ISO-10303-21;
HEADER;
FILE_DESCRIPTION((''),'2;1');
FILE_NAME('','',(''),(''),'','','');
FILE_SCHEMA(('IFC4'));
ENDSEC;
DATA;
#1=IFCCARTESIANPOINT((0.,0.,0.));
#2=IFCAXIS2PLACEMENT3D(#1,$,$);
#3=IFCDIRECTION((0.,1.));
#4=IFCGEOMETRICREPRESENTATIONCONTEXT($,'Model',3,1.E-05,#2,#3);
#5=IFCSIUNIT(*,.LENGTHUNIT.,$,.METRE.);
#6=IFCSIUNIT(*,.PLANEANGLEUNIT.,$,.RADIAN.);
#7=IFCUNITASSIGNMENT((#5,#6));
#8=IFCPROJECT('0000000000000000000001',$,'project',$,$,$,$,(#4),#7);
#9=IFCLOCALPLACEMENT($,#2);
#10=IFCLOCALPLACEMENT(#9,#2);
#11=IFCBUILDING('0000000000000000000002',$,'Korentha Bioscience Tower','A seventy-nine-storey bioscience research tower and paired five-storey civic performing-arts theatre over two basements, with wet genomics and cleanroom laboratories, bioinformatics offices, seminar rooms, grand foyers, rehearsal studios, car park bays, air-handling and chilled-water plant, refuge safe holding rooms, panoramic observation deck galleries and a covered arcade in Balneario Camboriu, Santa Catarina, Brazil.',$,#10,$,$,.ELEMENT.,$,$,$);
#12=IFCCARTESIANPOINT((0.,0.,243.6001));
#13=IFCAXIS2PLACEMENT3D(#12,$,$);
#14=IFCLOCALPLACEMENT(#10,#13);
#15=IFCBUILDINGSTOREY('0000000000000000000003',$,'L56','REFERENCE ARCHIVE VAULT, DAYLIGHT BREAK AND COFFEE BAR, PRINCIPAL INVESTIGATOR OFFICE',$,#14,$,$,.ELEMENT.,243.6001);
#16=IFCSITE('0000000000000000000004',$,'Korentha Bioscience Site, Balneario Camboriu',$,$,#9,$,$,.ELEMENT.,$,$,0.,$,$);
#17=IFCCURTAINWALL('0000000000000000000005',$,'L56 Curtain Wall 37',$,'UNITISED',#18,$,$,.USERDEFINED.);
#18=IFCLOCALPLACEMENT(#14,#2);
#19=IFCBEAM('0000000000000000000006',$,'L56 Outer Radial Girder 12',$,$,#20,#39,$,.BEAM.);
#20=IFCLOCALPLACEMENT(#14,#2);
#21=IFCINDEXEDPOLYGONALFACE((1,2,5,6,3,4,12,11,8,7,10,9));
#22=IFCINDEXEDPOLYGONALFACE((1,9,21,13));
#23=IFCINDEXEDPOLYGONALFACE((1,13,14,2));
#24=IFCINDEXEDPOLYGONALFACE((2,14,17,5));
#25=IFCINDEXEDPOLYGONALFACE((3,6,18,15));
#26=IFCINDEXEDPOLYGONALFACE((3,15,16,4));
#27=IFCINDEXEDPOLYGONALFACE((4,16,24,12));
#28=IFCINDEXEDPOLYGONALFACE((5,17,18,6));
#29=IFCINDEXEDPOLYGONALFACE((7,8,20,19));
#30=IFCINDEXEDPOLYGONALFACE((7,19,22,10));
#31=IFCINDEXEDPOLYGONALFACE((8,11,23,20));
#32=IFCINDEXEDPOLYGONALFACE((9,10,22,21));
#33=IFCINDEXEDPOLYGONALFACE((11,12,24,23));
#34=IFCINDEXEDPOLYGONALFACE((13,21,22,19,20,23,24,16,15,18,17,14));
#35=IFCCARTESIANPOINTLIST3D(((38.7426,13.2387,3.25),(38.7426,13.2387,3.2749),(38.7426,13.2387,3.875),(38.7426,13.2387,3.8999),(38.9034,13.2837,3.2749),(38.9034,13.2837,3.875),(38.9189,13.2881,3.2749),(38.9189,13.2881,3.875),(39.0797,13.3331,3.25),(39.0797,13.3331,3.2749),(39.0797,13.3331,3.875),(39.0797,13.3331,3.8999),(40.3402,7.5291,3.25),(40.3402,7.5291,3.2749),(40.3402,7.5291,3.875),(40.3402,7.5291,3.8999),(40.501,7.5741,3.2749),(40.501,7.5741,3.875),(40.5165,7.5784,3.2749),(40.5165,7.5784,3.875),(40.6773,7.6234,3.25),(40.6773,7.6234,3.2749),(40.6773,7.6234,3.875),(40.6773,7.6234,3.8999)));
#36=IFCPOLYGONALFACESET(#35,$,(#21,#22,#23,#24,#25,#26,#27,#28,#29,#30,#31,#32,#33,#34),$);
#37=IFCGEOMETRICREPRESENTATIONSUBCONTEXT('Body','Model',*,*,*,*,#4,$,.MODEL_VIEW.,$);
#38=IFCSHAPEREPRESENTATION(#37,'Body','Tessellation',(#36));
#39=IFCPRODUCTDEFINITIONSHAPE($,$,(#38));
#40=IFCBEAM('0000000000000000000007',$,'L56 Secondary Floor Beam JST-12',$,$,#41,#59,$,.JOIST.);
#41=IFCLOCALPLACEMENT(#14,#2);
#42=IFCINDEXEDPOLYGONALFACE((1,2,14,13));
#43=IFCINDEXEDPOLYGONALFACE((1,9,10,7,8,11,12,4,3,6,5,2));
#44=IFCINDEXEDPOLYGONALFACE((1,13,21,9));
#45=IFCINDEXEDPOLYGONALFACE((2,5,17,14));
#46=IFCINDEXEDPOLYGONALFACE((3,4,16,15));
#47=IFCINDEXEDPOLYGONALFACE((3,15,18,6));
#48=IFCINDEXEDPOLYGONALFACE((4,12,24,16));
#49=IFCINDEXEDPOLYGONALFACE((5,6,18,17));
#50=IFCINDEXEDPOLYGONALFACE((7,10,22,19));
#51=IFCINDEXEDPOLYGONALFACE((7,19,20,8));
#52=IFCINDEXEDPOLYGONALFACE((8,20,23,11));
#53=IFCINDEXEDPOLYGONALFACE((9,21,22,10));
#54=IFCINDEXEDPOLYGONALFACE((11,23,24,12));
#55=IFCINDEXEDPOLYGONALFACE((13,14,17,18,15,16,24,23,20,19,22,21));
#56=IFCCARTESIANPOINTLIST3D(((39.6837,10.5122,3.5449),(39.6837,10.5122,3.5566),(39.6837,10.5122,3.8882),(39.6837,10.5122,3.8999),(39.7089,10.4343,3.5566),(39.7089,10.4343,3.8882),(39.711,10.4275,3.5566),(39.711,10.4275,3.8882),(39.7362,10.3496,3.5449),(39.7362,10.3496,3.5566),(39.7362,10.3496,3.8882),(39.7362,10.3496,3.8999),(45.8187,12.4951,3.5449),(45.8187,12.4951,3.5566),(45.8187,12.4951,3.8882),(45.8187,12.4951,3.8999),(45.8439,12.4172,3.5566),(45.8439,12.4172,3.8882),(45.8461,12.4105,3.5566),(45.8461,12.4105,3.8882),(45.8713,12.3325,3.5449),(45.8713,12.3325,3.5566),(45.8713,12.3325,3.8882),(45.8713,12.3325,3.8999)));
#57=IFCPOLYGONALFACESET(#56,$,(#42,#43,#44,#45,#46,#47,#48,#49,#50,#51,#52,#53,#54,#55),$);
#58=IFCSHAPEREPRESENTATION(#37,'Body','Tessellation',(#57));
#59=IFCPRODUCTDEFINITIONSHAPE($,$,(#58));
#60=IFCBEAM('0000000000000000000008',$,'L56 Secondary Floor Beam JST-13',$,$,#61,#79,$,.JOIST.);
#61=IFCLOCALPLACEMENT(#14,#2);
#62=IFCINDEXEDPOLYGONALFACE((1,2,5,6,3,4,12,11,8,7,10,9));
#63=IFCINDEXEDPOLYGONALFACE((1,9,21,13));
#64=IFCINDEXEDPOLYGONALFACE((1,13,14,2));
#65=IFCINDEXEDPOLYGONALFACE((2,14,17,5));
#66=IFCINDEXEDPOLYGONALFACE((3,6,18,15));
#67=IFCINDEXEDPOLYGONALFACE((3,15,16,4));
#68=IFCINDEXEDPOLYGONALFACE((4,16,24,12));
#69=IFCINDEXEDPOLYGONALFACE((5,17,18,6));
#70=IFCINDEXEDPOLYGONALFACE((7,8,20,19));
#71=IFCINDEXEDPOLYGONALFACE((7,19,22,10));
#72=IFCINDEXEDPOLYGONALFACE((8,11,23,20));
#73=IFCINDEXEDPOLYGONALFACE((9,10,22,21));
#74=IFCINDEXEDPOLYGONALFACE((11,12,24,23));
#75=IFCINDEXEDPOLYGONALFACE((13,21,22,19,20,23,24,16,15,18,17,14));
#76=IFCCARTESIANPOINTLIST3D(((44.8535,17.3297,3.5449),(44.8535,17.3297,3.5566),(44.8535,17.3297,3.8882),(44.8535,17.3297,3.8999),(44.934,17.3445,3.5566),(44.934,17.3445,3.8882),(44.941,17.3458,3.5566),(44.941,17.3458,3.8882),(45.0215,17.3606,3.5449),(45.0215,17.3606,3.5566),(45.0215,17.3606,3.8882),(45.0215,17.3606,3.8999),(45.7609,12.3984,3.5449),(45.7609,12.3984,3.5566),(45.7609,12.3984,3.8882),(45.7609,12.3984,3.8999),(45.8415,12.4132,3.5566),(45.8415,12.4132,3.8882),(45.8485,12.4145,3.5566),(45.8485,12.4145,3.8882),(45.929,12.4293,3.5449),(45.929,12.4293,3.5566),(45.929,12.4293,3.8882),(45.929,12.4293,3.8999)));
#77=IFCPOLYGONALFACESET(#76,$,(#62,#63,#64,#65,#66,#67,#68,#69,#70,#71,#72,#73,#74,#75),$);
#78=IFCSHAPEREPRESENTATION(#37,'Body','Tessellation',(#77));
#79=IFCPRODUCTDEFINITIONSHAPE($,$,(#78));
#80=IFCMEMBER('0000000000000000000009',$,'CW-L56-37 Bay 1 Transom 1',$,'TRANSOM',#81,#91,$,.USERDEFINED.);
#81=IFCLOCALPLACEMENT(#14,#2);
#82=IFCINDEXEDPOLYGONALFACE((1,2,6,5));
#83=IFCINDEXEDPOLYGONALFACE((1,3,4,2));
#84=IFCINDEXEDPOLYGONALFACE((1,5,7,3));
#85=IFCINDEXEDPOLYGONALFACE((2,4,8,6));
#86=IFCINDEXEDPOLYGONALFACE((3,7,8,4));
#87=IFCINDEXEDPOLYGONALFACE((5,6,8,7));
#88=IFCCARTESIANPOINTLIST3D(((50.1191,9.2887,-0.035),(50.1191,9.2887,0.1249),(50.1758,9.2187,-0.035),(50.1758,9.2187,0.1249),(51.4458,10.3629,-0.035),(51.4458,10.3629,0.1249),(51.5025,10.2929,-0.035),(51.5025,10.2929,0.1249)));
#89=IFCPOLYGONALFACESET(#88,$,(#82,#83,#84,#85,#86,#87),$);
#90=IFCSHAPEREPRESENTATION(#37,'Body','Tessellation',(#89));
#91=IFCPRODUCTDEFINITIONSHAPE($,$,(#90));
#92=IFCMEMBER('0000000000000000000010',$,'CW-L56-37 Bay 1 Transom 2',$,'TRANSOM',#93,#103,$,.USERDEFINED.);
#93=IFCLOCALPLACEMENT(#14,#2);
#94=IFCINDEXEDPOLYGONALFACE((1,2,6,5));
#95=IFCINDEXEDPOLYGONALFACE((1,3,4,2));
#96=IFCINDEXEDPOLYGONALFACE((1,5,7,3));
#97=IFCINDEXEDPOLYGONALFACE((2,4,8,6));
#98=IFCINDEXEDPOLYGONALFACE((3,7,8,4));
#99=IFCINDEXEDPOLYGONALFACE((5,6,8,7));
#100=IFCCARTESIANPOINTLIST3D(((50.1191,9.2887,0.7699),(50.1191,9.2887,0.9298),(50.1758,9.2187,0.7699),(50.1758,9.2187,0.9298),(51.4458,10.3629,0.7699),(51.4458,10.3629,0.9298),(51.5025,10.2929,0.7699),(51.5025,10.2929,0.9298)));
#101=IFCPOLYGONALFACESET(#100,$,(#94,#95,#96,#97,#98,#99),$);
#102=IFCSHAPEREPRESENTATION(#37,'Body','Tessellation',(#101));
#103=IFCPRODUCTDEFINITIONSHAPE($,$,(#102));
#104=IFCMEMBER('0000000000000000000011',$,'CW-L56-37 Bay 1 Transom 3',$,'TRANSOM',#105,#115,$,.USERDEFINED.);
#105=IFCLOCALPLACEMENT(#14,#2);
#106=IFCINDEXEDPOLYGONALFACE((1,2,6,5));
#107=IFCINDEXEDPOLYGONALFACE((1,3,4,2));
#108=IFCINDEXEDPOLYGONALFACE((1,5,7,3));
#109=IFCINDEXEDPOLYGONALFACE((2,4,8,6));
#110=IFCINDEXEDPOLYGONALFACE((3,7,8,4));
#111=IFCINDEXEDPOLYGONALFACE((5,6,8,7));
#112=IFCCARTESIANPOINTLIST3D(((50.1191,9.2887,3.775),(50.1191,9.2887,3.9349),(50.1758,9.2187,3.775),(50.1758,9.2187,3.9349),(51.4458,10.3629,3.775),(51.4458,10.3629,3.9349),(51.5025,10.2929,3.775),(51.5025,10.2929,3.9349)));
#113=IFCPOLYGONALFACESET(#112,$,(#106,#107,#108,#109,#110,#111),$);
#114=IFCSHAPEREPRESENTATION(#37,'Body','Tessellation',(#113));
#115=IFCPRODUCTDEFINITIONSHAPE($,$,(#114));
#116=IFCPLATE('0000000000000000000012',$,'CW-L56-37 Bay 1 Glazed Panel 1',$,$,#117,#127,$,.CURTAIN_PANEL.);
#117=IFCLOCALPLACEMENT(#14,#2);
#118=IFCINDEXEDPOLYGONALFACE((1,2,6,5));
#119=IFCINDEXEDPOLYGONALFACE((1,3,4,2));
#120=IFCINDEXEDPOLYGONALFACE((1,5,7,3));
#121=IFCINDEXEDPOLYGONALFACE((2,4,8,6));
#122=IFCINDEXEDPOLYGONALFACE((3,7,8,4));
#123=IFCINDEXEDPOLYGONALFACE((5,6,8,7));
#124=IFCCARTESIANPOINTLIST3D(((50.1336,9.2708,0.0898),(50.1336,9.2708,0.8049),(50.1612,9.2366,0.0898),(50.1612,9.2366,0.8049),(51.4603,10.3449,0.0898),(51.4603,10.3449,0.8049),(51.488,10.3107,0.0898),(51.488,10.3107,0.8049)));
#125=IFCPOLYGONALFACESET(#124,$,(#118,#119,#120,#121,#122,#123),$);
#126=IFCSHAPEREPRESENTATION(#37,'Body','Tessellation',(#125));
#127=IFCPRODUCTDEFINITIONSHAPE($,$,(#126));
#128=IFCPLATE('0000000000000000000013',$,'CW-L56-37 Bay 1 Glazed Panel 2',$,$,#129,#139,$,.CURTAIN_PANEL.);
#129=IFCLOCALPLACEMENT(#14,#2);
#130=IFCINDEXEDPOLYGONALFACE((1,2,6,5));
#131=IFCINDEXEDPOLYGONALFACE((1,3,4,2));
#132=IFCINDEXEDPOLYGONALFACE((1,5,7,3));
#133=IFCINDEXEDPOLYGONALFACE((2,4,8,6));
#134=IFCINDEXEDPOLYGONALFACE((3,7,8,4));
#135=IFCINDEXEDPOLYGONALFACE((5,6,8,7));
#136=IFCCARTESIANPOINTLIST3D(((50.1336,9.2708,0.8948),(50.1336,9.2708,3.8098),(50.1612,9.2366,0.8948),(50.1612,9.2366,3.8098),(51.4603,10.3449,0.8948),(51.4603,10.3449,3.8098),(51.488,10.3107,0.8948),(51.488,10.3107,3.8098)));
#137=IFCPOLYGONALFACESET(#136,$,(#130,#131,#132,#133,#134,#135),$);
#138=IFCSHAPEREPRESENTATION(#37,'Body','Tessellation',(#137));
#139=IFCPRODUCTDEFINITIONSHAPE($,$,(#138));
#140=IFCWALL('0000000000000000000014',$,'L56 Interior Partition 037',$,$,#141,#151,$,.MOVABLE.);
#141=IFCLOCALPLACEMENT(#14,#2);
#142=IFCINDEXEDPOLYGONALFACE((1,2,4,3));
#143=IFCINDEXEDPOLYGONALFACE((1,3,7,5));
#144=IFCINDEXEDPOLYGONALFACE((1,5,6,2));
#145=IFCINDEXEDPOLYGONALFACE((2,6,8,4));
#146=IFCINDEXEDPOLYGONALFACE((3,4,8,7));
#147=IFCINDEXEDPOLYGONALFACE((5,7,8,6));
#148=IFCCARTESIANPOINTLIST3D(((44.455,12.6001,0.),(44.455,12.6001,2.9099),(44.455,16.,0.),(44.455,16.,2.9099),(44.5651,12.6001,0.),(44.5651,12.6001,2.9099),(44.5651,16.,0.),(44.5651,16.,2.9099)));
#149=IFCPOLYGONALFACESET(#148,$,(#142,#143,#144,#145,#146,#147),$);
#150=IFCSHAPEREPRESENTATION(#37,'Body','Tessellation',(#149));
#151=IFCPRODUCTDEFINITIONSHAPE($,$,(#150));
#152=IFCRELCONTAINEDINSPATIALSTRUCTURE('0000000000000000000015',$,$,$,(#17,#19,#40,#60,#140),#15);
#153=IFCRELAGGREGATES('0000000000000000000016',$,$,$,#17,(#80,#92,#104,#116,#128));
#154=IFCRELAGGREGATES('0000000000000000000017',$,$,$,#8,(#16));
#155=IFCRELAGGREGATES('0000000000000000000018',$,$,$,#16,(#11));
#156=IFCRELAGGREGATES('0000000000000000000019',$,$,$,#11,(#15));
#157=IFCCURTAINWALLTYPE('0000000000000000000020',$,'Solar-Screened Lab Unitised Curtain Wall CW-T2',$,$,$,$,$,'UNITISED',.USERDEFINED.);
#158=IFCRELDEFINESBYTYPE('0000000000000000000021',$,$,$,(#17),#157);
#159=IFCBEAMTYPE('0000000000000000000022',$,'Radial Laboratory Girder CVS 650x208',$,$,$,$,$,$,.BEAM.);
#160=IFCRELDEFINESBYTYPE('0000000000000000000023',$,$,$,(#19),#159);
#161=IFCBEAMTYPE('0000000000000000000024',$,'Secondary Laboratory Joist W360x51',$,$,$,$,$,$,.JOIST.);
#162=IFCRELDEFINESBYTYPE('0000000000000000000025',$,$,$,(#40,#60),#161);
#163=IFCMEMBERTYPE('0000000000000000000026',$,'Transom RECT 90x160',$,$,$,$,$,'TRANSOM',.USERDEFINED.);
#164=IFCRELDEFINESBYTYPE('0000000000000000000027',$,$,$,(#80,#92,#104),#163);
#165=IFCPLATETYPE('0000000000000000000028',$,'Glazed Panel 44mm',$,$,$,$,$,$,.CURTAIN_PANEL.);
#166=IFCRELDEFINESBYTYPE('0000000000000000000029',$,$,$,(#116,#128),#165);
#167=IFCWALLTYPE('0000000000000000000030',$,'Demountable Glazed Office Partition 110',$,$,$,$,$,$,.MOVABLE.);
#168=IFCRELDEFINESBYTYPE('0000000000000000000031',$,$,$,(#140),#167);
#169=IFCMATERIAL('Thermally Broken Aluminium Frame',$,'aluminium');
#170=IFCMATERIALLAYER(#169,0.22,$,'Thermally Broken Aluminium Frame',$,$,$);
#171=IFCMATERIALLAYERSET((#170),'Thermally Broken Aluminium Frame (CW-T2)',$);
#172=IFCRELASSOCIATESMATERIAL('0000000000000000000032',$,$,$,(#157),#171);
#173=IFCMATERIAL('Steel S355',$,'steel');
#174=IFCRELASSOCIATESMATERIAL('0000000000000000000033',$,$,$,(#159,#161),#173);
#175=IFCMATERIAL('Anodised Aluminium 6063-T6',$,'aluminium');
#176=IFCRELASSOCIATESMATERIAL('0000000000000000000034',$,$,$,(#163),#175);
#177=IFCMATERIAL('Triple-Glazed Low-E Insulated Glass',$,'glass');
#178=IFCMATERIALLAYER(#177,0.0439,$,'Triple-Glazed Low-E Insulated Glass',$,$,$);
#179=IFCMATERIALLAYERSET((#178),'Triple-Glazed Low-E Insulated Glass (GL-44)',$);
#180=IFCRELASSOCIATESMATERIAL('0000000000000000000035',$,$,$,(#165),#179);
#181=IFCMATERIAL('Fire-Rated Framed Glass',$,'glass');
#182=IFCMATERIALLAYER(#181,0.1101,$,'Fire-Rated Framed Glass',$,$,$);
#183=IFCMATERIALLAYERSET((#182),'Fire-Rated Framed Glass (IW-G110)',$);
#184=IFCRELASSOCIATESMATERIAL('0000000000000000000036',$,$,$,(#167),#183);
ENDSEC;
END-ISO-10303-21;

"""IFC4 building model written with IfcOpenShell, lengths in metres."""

from ifc_helpers import new_model, si_unit, direction, frame, frame_2d, origin, origin_2d, place, context, subcontext, project, spatial, rectangle, i_section, extrude, material, layer, layer_set, material_profile, profile_set, type_object, element, aggregate, save


model = new_model("IFC4")

# Units and contexts
model_context = context("Model", 3, precision=1e-05, world=origin(), true_north=direction((0.0, 1.0)))
body_context = subcontext(model_context, "Body", "Model", "MODEL_VIEW")
ifc_project = project(units=[si_unit("LENGTHUNIT", "METRE"), si_unit("PLANEANGLEUNIT", "RADIAN")], contexts=[model_context])

# Site, building, storey
site_placement = place(None, origin())
site = spatial("IfcSite", under=ifc_project, at=site_placement, Name="Korentha Bioscience Site, Balneario Camboriu", CompositionType="ELEMENT", RefElevation=0.0)
building_placement = place(site_placement, origin())
building = spatial("IfcBuilding", under=site, at=building_placement, Name="Korentha Bioscience Tower", Description="A seventy-nine-storey bioscience research tower and paired five-storey civic performing-arts theatre over two basements, with wet genomics and cleanroom laboratories, bioinformatics offices, seminar rooms, grand foyers, rehearsal studios, car park bays, air-handling and chilled-water plant, refuge safe holding rooms, panoramic observation deck galleries and a covered arcade in Balneario Camboriu, Santa Catarina, Brazil.", CompositionType="ELEMENT")
storey_placement = place(building_placement, frame((0.0, 0.0, 243.6001)))
storey = spatial("IfcBuildingStorey", under=building, at=storey_placement, Name="L56", Description="REFERENCE ARCHIVE VAULT, DAYLIGHT BREAK AND COFFEE BAR, PRINCIPAL INVESTIGATOR OFFICE", CompositionType="ELEMENT", Elevation=243.6001)

# Shared definitions
ifc_material_1 = material(Name="Steel S355", Category="steel")

# Curtain wall
ifc_material_2 = material(Name="Thermally Broken Aluminium Frame", Category="aluminium")
ifc_layer_1 = layer(ifc_material_2, 0.22, Name="Thermally Broken Aluminium Frame")
ifc_layer_set_1 = layer_set([ifc_layer_1], Name="Thermally Broken Aluminium Frame (CW-T2)")
curtain_wall_type = type_object("IfcCurtainWallType", Name="Solar-Screened Lab Unitised Curtain Wall CW-T2", ElementType="UNITISED", PredefinedType="USERDEFINED", material=ifc_layer_set_1)
curtain_wall_placement = place(storey_placement, origin())
curtain_wall = element("IfcCurtainWall", 1, at=curtain_wall_placement, inside=storey, type_object=curtain_wall_type, Name="L56 Curtain Wall 37", ObjectType="UNITISED", PredefinedType="USERDEFINED")
ifc_material_3 = material(Name="Anodised Aluminium 6063-T6", Category="aluminium")

# Beams
ifc_material_profile_1 = material_profile(ifc_material_1, i_section(OverallWidth=0.3501, OverallDepth=0.6499, WebThickness=0.0161, FlangeThickness=0.0249, at=origin_2d()), Name="Steel S355")
ifc_profile_set_1 = profile_set([ifc_material_profile_1], Name="Steel S355 (RB-650)")
beam_type_1 = type_object("IfcBeamType", Name="Radial Laboratory Girder CVS 650x208", PredefinedType="BEAM", material=ifc_profile_set_1)
beam_1_placement = place(storey_placement, frame((38.9111, 13.2859, 3.575), z_axis=(0.269463, -0.963011, 0.0), x_axis=(0.963011, 0.269463, 0.0)))
element("IfcBeam", 2, at=beam_1_placement, inside=storey, type_object=beam_type_1, Name="L56 Outer Radial Girder 12", PredefinedType="BEAM", context=body_context, shape_type="SweptSolid", body=[
    extrude(i_section(OverallWidth=0.3501, OverallDepth=0.6499, WebThickness=0.0161, FlangeThickness=0.0249, at=origin_2d()), origin(), (0.0, 0.0, 1.0), 5.929),
])
ifc_material_profile_2 = material_profile(ifc_material_1, i_section(OverallWidth=0.1709, OverallDepth=0.355, WebThickness=0.0071, FlangeThickness=0.0117, at=origin_2d()), Name="Steel S355")
ifc_profile_set_2 = profile_set([ifc_material_profile_2], Name="Steel S355 (JB-360)")
beam_type_2 = type_object("IfcBeamType", Name="Secondary Laboratory Joist W360x51", PredefinedType="JOIST", material=ifc_profile_set_2)
beam_2_placement = place(storey_placement, frame((39.71, 10.4309, 3.7224), z_axis=(0.951533, 0.307547, 0.0), x_axis=(-0.307547, 0.951533, 0.0)))
element("IfcBeam", 3, at=beam_2_placement, inside=storey, type_object=beam_type_2, Name="L56 Secondary Floor Beam JST-12", PredefinedType="JOIST", context=body_context, shape_type="SweptSolid", body=[
    extrude(i_section(OverallWidth=0.1709, OverallDepth=0.355, WebThickness=0.0071, FlangeThickness=0.0117, at=origin_2d()), origin(), (0.0, 0.0, 1.0), 6.4475),
])
beam_3_placement = place(storey_placement, frame((45.845, 12.4138, 3.7224), z_axis=(-0.18098, 0.983487, 0.0), x_axis=(-0.983487, -0.18098, 0.0)))
element("IfcBeam", 4, at=beam_3_placement, inside=storey, type_object=beam_type_2, Name="L56 Secondary Floor Beam JST-13", PredefinedType="JOIST", context=body_context, shape_type="SweptSolid", body=[
    extrude(i_section(OverallWidth=0.1709, OverallDepth=0.355, WebThickness=0.0071, FlangeThickness=0.0117, at=origin_2d()), origin(), (0.0, 0.0, 1.0), 5.0142),
])

# Members
ifc_material_profile_3 = material_profile(ifc_material_3, rectangle(XDim=0.0901, YDim=0.1599, at=origin_2d()), Name="Anodised Aluminium 6063-T6")
ifc_profile_set_3 = profile_set([ifc_material_profile_3], Name="Anodised Aluminium 6063-T6 (CW-TRN)")
member_type_1 = type_object("IfcMemberType", Name="Transom RECT 90x160", ElementType="TRANSOM", PredefinedType="USERDEFINED", material=ifc_profile_set_3)
member_1_placement = place(storey_placement, frame((50.1475, 9.2537, 0.0449), z_axis=(0.777172, 0.629289, 0.0), x_axis=(-0.629289, 0.777172, 0.0)))
member_1 = element("IfcMember", 5, at=member_1_placement, type_object=member_type_1, Name="CW-L56-37 Bay 1 Transom 1", ObjectType="TRANSOM", PredefinedType="USERDEFINED", context=body_context, shape_type="SweptSolid", body=[
    extrude(rectangle(XDim=0.0901, YDim=0.1599, at=origin_2d()), origin(), (0.0, 0.0, 1.0), 1.707),
])
member_2_placement = place(storey_placement, frame((50.1475, 9.2537, 0.8499), z_axis=(0.777172, 0.629289, 0.0), x_axis=(-0.629289, 0.777172, 0.0)))
member_2 = element("IfcMember", 6, at=member_2_placement, type_object=member_type_1, Name="CW-L56-37 Bay 1 Transom 2", ObjectType="TRANSOM", PredefinedType="USERDEFINED", context=body_context, shape_type="SweptSolid", body=[
    extrude(rectangle(XDim=0.0901, YDim=0.1599, at=origin_2d()), origin(), (0.0, 0.0, 1.0), 1.707),
])
member_3_placement = place(storey_placement, frame((50.1475, 9.2537, 3.855), z_axis=(0.777172, 0.629289, 0.0), x_axis=(-0.629289, 0.777172, 0.0)))
member_3 = element("IfcMember", 7, at=member_3_placement, type_object=member_type_1, Name="CW-L56-37 Bay 1 Transom 3", ObjectType="TRANSOM", PredefinedType="USERDEFINED", context=body_context, shape_type="SweptSolid", body=[
    extrude(rectangle(XDim=0.0901, YDim=0.1599, at=origin_2d()), origin(), (0.0, 0.0, 1.0), 1.707),
])

# Plates
ifc_material_4 = material(Name="Triple-Glazed Low-E Insulated Glass", Category="glass")
ifc_layer_2 = layer(ifc_material_4, 0.0439, Name="Triple-Glazed Low-E Insulated Glass")
ifc_layer_set_2 = layer_set([ifc_layer_2], Name="Triple-Glazed Low-E Insulated Glass (GL-44)")
plate_type = type_object("IfcPlateType", Name="Glazed Panel 44mm", PredefinedType="CURTAIN_PANEL", material=ifc_layer_set_2)
plate_1_placement = place(storey_placement, frame((50.8108, 9.7908, 0.0898), z_axis=(0.0, 0.0, 1.0), x_axis=(0.777226, 0.629221, 0.0)))
plate_1 = element("IfcPlate", 8, at=plate_1_placement, type_object=plate_type, Name="CW-L56-37 Bay 1 Glazed Panel 1", PredefinedType="CURTAIN_PANEL", context=body_context, shape_type="SweptSolid", body=[
    extrude(rectangle(XDim=1.707, YDim=0.0439, at=origin_2d()), origin(), (0.0, 0.0, 1.0), 0.7151),
])
plate_2_placement = place(storey_placement, frame((50.8108, 9.7908, 0.8948), z_axis=(0.0, 0.0, 1.0), x_axis=(0.777226, 0.629221, 0.0)))
plate_2 = element("IfcPlate", 9, at=plate_2_placement, type_object=plate_type, Name="CW-L56-37 Bay 1 Glazed Panel 2", PredefinedType="CURTAIN_PANEL", context=body_context, shape_type="SweptSolid", body=[
    extrude(rectangle(XDim=1.707, YDim=0.0439, at=origin_2d()), origin(), (0.0, 0.0, 1.0), 2.915),
])
aggregate(curtain_wall, [member_1, member_2, member_3, plate_1, plate_2])

# Wall
ifc_material_5 = material(Name="Fire-Rated Framed Glass", Category="glass")
ifc_layer_3 = layer(ifc_material_5, 0.1101, Name="Fire-Rated Framed Glass")
ifc_layer_set_3 = layer_set([ifc_layer_3], Name="Fire-Rated Framed Glass (IW-G110)")
wall_type_1 = type_object("IfcWallType", Name="Demountable Glazed Office Partition 110", PredefinedType="MOVABLE", material=ifc_layer_set_3)
wall_1_placement = place(storey_placement, frame((44.51, 12.6001, 0.0), z_axis=(0.0, 0.0, 1.0), x_axis=(0.0, 1.0, 0.0)))
element("IfcWall", 10, at=wall_1_placement, inside=storey, type_object=wall_type_1, Name="L56 Interior Partition 037", PredefinedType="MOVABLE", context=body_context, shape_type="SweptSolid", body=[
    extrude(rectangle(XDim=3.3999, YDim=0.1101, at=frame_2d((1.7, 0.0))), origin(), (0.0, 0.0, 1.0), 2.9099),
])

save(model, "model.ifc")
